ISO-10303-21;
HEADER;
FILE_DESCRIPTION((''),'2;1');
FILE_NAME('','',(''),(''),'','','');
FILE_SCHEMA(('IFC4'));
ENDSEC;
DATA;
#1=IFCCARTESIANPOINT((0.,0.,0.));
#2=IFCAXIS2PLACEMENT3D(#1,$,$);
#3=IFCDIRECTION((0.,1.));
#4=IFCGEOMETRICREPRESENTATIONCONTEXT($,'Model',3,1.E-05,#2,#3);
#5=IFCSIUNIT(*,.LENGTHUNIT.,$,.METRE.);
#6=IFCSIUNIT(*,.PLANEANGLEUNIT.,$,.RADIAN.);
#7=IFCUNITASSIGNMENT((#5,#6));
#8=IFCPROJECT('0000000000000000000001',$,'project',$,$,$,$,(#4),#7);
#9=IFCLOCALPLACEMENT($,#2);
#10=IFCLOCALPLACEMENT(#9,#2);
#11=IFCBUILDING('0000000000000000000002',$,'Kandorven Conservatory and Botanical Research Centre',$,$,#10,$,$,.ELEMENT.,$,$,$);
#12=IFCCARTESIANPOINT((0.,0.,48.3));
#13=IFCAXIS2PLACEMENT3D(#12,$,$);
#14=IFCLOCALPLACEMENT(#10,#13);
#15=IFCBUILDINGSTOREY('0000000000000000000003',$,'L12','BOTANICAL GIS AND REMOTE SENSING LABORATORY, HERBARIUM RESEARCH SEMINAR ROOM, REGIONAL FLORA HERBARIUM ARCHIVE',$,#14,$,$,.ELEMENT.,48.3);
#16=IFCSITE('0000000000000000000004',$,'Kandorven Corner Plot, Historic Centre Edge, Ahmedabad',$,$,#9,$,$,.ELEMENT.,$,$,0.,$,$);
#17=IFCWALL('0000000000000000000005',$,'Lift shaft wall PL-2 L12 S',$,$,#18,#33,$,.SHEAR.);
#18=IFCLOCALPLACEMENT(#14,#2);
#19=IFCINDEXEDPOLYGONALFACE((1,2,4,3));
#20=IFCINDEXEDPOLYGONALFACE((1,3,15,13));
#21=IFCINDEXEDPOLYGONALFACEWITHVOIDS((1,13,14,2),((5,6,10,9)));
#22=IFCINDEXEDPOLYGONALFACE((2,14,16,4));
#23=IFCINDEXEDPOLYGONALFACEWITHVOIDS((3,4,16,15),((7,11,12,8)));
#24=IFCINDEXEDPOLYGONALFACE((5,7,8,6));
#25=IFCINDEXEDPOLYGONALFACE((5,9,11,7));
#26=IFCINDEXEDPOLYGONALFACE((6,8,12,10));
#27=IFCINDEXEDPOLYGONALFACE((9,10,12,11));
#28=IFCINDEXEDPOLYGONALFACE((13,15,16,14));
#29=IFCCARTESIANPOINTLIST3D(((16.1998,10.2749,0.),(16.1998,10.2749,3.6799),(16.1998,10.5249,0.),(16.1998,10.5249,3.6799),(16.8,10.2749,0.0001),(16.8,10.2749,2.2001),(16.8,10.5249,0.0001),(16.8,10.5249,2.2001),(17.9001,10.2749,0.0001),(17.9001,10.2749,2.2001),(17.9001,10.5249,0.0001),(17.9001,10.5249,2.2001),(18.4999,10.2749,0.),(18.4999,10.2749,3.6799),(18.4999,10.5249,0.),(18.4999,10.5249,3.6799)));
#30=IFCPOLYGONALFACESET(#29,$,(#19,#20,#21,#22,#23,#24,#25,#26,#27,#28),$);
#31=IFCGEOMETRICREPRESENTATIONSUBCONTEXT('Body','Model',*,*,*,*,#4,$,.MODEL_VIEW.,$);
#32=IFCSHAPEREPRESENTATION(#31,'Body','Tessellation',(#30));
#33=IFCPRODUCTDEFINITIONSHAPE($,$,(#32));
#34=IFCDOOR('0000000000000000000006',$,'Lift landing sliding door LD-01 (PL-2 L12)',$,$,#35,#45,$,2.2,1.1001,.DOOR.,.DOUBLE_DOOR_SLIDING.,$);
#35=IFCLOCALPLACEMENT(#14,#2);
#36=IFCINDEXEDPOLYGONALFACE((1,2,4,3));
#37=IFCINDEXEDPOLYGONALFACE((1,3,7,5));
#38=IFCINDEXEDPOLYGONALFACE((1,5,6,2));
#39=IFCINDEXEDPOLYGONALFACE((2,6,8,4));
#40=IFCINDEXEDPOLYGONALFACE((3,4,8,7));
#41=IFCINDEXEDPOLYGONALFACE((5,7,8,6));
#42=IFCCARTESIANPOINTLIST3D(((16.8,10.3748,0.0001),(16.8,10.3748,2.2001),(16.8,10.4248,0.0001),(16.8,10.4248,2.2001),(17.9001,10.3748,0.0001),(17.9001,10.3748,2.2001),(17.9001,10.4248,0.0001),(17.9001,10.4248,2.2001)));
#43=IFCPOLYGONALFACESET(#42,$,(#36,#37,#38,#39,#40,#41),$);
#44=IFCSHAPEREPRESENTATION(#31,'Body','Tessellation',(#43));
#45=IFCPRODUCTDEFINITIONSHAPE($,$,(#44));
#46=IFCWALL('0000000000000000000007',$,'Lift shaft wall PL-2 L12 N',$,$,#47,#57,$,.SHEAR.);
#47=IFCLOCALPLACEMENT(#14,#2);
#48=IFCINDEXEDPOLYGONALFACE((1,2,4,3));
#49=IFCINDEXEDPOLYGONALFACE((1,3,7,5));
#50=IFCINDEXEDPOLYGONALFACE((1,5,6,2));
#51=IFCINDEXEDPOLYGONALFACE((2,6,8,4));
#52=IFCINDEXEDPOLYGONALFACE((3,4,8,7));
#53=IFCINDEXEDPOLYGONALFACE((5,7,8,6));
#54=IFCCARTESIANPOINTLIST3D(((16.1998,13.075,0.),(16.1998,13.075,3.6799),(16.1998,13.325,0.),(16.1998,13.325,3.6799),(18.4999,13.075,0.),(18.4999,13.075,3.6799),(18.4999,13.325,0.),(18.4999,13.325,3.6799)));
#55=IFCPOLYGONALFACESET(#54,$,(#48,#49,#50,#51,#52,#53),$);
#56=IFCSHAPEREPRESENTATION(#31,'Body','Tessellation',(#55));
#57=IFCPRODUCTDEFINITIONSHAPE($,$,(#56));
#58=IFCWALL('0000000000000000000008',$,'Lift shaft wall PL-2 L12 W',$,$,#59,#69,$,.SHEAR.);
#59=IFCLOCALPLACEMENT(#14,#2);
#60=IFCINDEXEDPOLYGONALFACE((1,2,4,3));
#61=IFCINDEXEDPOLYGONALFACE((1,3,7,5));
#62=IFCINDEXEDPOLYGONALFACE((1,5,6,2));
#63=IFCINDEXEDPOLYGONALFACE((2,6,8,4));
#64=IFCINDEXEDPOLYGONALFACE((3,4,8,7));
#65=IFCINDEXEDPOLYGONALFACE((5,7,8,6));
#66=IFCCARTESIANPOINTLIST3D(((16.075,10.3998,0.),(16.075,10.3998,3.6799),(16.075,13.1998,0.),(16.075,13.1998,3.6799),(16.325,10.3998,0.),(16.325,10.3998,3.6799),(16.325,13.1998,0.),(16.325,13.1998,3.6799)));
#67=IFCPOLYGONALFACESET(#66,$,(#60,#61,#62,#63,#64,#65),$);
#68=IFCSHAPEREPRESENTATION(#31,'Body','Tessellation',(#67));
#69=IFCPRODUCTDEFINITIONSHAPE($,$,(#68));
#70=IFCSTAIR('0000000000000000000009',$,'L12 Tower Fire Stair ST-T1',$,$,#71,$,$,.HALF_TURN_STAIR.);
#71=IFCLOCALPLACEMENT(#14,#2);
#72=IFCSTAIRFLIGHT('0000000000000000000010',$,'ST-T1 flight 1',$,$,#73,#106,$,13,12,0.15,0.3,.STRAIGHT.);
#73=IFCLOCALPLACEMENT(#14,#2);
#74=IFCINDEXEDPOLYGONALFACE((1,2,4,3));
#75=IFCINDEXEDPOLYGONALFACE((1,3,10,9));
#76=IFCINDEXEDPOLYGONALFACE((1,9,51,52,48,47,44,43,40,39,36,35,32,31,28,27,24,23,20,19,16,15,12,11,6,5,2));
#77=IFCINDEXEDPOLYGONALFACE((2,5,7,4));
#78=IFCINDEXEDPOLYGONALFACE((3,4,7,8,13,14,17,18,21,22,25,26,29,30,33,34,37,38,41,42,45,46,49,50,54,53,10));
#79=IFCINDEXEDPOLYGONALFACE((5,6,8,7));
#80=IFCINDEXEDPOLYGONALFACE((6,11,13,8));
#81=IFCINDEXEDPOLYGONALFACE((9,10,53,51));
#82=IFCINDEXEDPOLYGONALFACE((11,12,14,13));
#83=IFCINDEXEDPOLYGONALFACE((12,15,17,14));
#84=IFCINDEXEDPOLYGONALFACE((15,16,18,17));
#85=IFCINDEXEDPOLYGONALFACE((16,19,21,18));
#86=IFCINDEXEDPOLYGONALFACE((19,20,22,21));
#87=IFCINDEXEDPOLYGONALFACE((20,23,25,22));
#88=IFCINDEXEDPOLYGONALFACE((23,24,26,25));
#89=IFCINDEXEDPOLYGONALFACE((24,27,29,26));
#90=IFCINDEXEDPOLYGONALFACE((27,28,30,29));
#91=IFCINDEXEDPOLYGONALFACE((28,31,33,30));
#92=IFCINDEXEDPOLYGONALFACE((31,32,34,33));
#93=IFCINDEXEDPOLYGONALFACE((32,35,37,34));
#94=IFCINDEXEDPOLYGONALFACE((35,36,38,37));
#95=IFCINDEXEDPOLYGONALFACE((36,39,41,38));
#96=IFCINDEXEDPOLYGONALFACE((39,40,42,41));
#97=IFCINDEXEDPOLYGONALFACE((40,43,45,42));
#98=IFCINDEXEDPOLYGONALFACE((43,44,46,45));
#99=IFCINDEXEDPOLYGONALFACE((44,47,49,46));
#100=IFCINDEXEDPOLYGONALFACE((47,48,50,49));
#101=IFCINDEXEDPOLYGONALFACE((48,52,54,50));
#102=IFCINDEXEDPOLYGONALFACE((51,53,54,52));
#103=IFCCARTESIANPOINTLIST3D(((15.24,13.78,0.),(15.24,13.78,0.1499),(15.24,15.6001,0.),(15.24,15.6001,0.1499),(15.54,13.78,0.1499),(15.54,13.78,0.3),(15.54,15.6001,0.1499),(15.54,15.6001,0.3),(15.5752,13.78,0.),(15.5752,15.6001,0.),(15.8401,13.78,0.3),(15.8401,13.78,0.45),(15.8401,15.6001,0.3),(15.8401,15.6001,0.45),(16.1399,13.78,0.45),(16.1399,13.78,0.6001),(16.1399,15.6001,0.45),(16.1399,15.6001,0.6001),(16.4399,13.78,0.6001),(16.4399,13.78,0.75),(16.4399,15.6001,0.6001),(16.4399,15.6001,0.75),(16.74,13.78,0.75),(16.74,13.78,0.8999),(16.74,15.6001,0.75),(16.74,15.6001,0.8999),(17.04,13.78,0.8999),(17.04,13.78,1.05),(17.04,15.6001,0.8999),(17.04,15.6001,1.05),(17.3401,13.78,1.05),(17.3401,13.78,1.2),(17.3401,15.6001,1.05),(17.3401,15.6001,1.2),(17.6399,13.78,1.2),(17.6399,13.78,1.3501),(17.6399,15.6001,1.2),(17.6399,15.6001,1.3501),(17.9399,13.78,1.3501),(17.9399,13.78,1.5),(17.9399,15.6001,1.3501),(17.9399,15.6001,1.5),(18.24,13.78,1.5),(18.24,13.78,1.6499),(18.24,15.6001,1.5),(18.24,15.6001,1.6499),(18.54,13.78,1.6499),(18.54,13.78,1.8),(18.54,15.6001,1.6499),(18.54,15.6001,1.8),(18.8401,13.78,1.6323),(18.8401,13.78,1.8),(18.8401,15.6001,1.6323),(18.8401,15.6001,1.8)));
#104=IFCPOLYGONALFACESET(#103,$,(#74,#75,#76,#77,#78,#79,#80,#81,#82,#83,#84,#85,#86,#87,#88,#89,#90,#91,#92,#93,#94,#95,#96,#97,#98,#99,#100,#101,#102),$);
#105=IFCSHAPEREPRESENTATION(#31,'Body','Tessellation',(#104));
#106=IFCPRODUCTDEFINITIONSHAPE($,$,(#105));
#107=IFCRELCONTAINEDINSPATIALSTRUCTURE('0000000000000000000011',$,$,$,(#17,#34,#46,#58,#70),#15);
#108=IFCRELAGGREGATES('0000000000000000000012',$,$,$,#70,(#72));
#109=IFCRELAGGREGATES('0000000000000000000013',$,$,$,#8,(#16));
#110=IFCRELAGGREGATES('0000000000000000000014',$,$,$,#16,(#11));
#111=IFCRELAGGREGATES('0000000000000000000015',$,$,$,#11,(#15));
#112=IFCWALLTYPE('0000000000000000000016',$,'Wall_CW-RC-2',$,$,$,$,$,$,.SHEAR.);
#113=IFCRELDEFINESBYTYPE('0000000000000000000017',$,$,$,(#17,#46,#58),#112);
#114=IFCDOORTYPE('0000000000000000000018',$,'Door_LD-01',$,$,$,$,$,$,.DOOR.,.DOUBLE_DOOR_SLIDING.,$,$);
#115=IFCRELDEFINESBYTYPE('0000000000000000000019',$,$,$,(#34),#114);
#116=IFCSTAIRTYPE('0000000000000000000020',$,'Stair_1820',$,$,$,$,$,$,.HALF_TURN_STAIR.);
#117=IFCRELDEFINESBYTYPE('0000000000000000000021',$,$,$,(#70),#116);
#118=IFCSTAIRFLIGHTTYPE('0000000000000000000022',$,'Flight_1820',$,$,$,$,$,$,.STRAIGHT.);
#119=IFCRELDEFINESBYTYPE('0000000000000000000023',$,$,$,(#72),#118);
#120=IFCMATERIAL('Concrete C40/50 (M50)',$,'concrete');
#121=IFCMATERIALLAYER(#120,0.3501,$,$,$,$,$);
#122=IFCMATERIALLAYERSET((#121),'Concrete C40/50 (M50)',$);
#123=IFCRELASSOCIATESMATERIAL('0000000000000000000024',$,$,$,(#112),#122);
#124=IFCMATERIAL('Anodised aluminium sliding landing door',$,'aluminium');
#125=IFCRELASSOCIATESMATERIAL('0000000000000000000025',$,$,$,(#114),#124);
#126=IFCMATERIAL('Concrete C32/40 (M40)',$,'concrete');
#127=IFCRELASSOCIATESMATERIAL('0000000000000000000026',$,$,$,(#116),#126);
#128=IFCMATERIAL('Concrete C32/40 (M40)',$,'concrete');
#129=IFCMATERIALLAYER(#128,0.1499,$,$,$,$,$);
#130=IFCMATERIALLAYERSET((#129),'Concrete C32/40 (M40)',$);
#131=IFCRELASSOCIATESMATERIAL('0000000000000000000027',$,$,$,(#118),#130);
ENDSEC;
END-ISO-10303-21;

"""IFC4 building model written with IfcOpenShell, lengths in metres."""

from ifc_helpers import new_model, si_unit, direction, frame, frame_2d, origin, place, context, subcontext, project, spatial, polyline, rectangle, outline, extrude, material, layer, layer_set, type_object, element, fill, aggregate, save


model = new_model("IFC4")

# Units and contexts
model_context = context("Model", 3, precision=1e-05, world=origin(), true_north=direction((0.0, 1.0)))
body_context = subcontext(model_context, "Body", "Model", "MODEL_VIEW")
ifc_project = project(units=[si_unit("LENGTHUNIT", "METRE"), si_unit("PLANEANGLEUNIT", "RADIAN")], contexts=[model_context])

# Site, building, storey
site_placement = place(None, origin())
site = spatial("IfcSite", under=ifc_project, at=site_placement, Name="Kandorven Corner Plot, Historic Centre Edge, Ahmedabad", CompositionType="ELEMENT", RefElevation=0.0)
building_placement = place(site_placement, origin())
building = spatial("IfcBuilding", under=site, at=building_placement, Name="Kandorven Conservatory and Botanical Research Centre", CompositionType="ELEMENT")
storey_placement = place(building_placement, frame((0.0, 0.0, 48.3)))
storey = spatial("IfcBuildingStorey", under=building, at=storey_placement, Name="L12", Description="BOTANICAL GIS AND REMOTE SENSING LABORATORY, HERBARIUM RESEARCH SEMINAR ROOM, REGIONAL FLORA HERBARIUM ARCHIVE", CompositionType="ELEMENT", Elevation=48.3)

# Shared definitions
ifc_material_1 = material(Name="Concrete C40/50 (M50)", Category="concrete")
ifc_layer_1 = layer(ifc_material_1, 0.3501)
ifc_layer_set_1 = layer_set([ifc_layer_1], Name="Concrete C40/50 (M50)")
wall_type_1 = type_object("IfcWallType", Name="Wall_CW-RC-2", PredefinedType="SHEAR", material=ifc_layer_set_1)
ifc_material_2 = material(Name="Anodised aluminium sliding landing door", Category="aluminium")
door_type_1 = type_object("IfcDoorType", Name="Door_LD-01", OperationType="DOUBLE_DOOR_SLIDING", PredefinedType="DOOR", material=ifc_material_2)

# Wall, opening, door
wall_1_placement = place(storey_placement, frame((16.2, 10.3999, 0.0), z_axis=(0.0, 0.0, 1.0), x_axis=(1.0, 0.0, 0.0)))
wall_1 = element("IfcWall", 1, at=wall_1_placement, inside=storey, type_object=wall_type_1, Name="Lift shaft wall PL-2 L12 S", PredefinedType="SHEAR", context=body_context, shape_type="SweptSolid", body=[
    extrude(rectangle(XDim=2.3, YDim=0.25, at=frame_2d((1.1499, 0.0))), origin(), (0.0, 0.0, 1.0), 3.6799),
])
opening_1_placement = place(wall_1_placement, frame((0.6001, 0.0, 0.0)))
opening_1 = element("IfcOpeningElement", 2, at=opening_1_placement, cuts=wall_1, PredefinedType="OPENING", context=body_context, shape_type="SweptSolid", body=[
    extrude(rectangle(XDim=1.1001, YDim=2.2, at=frame_2d((0.55, 1.1001))), frame((0.0, 0.135, 0.0), z_axis=(0.0, -1.0, 0.0), x_axis=(1.0, 0.0, 0.0)), (0.0, 0.0, 1.0), 0.27),
])
door_1_placement = place(opening_1_placement, origin())
door_1 = element("IfcDoor", 3, at=door_1_placement, inside=storey, type_object=door_type_1, Name="Lift landing sliding door LD-01 (PL-2 L12)", OperationType="DOUBLE_DOOR_SLIDING", OverallHeight=2.2, OverallWidth=1.1001, PredefinedType="DOOR", context=body_context, shape_type="SweptSolid", body=[
    extrude(rectangle(XDim=1.1001, YDim=2.2, at=frame_2d((0.55, 1.1001))), frame((0.0, 0.0249, 0.0), z_axis=(0.0, -1.0, 0.0), x_axis=(1.0, 0.0, 0.0)), (0.0, 0.0, 1.0), 0.05),
])
fill(opening_1, door_1)

# Walls
wall_2_placement = place(storey_placement, frame((16.2, 13.2, 0.0), z_axis=(0.0, 0.0, 1.0), x_axis=(1.0, 0.0, 0.0)))
element("IfcWall", 4, at=wall_2_placement, inside=storey, type_object=wall_type_1, Name="Lift shaft wall PL-2 L12 N", PredefinedType="SHEAR", context=body_context, shape_type="SweptSolid", body=[
    extrude(rectangle(XDim=2.3, YDim=0.25, at=frame_2d((1.1499, 0.0))), origin(), (0.0, 0.0, 1.0), 3.6799),
])
wall_3_placement = place(storey_placement, frame((16.2, 10.3999, 0.0), z_axis=(0.0, 0.0, 1.0), x_axis=(0.0, 1.0, 0.0)))
element("IfcWall", 5, at=wall_3_placement, inside=storey, type_object=wall_type_1, Name="Lift shaft wall PL-2 L12 W", PredefinedType="SHEAR", context=body_context, shape_type="SweptSolid", body=[
    extrude(rectangle(XDim=2.8, YDim=0.25, at=frame_2d((1.3999, 0.0))), origin(), (0.0, 0.0, 1.0), 3.6799),
])

# Stair, stair flight
ifc_material_3 = material(Name="Concrete C32/40 (M40)", Category="concrete")
stair_type = type_object("IfcStairType", Name="Stair_1820", PredefinedType="HALF_TURN_STAIR", material=ifc_material_3)
stair_placement = place(storey_placement, origin())
stair = element("IfcStair", 6, at=stair_placement, inside=storey, type_object=stair_type, Name="L12 Tower Fire Stair ST-T1", PredefinedType="HALF_TURN_STAIR")
ifc_material_4 = material(Name="Concrete C32/40 (M40)", Category="concrete")
ifc_layer_2 = layer(ifc_material_4, 0.1499)
ifc_layer_set_2 = layer_set([ifc_layer_2], Name="Concrete C32/40 (M40)")
stair_flight_type = type_object("IfcStairFlightType", Name="Flight_1820", PredefinedType="STRAIGHT", material=ifc_layer_set_2)
stair_flight_placement = place(storey_placement, frame((15.24, 14.6899, 0.0), z_axis=(0.0, 0.0, 1.0), x_axis=(1.0, 0.0, 0.0)))
stair_flight = element("IfcStairFlight", 7, at=stair_flight_placement, type_object=stair_flight_type, Name="ST-T1 flight 1", NumberOfRisers=13, NumberOfTreads=12, PredefinedType="STRAIGHT", RiserHeight=0.15, TreadLength=0.3, context=body_context, shape_type="SweptSolid", body=[
    extrude(outline(polyline([(0.0, 0.0), (0.0, 0.1499), (0.3, 0.1499), (0.3, 0.3), (0.6001, 0.3), (0.6001, 0.45), (0.8999, 0.45), (0.8999, 0.6001), (1.2, 0.6001), (1.2, 0.75), (1.5, 0.75), (1.5, 0.8999), (1.8, 0.8999), (1.8, 1.05), (2.1001, 1.05), (2.1001, 1.2), (2.3999, 1.2), (2.3999, 1.3501), (2.7, 1.3501), (2.7, 1.5), (3.0, 1.5), (3.0, 1.6499), (3.3, 1.6499), (3.3, 1.8), (3.6001, 1.8), (3.6001, 1.95), (3.6001, 1.6323), (0.3352, 0.0), (0.0, 0.0)])), frame((0.0, 0.9102, 0.0), z_axis=(0.0, -1.0, 0.0), x_axis=(1.0, 0.0, 0.0)), (0.0, 0.0, 1.0), 1.8201),
])
aggregate(stair, [stair_flight])

save(model, "model.ifc")
